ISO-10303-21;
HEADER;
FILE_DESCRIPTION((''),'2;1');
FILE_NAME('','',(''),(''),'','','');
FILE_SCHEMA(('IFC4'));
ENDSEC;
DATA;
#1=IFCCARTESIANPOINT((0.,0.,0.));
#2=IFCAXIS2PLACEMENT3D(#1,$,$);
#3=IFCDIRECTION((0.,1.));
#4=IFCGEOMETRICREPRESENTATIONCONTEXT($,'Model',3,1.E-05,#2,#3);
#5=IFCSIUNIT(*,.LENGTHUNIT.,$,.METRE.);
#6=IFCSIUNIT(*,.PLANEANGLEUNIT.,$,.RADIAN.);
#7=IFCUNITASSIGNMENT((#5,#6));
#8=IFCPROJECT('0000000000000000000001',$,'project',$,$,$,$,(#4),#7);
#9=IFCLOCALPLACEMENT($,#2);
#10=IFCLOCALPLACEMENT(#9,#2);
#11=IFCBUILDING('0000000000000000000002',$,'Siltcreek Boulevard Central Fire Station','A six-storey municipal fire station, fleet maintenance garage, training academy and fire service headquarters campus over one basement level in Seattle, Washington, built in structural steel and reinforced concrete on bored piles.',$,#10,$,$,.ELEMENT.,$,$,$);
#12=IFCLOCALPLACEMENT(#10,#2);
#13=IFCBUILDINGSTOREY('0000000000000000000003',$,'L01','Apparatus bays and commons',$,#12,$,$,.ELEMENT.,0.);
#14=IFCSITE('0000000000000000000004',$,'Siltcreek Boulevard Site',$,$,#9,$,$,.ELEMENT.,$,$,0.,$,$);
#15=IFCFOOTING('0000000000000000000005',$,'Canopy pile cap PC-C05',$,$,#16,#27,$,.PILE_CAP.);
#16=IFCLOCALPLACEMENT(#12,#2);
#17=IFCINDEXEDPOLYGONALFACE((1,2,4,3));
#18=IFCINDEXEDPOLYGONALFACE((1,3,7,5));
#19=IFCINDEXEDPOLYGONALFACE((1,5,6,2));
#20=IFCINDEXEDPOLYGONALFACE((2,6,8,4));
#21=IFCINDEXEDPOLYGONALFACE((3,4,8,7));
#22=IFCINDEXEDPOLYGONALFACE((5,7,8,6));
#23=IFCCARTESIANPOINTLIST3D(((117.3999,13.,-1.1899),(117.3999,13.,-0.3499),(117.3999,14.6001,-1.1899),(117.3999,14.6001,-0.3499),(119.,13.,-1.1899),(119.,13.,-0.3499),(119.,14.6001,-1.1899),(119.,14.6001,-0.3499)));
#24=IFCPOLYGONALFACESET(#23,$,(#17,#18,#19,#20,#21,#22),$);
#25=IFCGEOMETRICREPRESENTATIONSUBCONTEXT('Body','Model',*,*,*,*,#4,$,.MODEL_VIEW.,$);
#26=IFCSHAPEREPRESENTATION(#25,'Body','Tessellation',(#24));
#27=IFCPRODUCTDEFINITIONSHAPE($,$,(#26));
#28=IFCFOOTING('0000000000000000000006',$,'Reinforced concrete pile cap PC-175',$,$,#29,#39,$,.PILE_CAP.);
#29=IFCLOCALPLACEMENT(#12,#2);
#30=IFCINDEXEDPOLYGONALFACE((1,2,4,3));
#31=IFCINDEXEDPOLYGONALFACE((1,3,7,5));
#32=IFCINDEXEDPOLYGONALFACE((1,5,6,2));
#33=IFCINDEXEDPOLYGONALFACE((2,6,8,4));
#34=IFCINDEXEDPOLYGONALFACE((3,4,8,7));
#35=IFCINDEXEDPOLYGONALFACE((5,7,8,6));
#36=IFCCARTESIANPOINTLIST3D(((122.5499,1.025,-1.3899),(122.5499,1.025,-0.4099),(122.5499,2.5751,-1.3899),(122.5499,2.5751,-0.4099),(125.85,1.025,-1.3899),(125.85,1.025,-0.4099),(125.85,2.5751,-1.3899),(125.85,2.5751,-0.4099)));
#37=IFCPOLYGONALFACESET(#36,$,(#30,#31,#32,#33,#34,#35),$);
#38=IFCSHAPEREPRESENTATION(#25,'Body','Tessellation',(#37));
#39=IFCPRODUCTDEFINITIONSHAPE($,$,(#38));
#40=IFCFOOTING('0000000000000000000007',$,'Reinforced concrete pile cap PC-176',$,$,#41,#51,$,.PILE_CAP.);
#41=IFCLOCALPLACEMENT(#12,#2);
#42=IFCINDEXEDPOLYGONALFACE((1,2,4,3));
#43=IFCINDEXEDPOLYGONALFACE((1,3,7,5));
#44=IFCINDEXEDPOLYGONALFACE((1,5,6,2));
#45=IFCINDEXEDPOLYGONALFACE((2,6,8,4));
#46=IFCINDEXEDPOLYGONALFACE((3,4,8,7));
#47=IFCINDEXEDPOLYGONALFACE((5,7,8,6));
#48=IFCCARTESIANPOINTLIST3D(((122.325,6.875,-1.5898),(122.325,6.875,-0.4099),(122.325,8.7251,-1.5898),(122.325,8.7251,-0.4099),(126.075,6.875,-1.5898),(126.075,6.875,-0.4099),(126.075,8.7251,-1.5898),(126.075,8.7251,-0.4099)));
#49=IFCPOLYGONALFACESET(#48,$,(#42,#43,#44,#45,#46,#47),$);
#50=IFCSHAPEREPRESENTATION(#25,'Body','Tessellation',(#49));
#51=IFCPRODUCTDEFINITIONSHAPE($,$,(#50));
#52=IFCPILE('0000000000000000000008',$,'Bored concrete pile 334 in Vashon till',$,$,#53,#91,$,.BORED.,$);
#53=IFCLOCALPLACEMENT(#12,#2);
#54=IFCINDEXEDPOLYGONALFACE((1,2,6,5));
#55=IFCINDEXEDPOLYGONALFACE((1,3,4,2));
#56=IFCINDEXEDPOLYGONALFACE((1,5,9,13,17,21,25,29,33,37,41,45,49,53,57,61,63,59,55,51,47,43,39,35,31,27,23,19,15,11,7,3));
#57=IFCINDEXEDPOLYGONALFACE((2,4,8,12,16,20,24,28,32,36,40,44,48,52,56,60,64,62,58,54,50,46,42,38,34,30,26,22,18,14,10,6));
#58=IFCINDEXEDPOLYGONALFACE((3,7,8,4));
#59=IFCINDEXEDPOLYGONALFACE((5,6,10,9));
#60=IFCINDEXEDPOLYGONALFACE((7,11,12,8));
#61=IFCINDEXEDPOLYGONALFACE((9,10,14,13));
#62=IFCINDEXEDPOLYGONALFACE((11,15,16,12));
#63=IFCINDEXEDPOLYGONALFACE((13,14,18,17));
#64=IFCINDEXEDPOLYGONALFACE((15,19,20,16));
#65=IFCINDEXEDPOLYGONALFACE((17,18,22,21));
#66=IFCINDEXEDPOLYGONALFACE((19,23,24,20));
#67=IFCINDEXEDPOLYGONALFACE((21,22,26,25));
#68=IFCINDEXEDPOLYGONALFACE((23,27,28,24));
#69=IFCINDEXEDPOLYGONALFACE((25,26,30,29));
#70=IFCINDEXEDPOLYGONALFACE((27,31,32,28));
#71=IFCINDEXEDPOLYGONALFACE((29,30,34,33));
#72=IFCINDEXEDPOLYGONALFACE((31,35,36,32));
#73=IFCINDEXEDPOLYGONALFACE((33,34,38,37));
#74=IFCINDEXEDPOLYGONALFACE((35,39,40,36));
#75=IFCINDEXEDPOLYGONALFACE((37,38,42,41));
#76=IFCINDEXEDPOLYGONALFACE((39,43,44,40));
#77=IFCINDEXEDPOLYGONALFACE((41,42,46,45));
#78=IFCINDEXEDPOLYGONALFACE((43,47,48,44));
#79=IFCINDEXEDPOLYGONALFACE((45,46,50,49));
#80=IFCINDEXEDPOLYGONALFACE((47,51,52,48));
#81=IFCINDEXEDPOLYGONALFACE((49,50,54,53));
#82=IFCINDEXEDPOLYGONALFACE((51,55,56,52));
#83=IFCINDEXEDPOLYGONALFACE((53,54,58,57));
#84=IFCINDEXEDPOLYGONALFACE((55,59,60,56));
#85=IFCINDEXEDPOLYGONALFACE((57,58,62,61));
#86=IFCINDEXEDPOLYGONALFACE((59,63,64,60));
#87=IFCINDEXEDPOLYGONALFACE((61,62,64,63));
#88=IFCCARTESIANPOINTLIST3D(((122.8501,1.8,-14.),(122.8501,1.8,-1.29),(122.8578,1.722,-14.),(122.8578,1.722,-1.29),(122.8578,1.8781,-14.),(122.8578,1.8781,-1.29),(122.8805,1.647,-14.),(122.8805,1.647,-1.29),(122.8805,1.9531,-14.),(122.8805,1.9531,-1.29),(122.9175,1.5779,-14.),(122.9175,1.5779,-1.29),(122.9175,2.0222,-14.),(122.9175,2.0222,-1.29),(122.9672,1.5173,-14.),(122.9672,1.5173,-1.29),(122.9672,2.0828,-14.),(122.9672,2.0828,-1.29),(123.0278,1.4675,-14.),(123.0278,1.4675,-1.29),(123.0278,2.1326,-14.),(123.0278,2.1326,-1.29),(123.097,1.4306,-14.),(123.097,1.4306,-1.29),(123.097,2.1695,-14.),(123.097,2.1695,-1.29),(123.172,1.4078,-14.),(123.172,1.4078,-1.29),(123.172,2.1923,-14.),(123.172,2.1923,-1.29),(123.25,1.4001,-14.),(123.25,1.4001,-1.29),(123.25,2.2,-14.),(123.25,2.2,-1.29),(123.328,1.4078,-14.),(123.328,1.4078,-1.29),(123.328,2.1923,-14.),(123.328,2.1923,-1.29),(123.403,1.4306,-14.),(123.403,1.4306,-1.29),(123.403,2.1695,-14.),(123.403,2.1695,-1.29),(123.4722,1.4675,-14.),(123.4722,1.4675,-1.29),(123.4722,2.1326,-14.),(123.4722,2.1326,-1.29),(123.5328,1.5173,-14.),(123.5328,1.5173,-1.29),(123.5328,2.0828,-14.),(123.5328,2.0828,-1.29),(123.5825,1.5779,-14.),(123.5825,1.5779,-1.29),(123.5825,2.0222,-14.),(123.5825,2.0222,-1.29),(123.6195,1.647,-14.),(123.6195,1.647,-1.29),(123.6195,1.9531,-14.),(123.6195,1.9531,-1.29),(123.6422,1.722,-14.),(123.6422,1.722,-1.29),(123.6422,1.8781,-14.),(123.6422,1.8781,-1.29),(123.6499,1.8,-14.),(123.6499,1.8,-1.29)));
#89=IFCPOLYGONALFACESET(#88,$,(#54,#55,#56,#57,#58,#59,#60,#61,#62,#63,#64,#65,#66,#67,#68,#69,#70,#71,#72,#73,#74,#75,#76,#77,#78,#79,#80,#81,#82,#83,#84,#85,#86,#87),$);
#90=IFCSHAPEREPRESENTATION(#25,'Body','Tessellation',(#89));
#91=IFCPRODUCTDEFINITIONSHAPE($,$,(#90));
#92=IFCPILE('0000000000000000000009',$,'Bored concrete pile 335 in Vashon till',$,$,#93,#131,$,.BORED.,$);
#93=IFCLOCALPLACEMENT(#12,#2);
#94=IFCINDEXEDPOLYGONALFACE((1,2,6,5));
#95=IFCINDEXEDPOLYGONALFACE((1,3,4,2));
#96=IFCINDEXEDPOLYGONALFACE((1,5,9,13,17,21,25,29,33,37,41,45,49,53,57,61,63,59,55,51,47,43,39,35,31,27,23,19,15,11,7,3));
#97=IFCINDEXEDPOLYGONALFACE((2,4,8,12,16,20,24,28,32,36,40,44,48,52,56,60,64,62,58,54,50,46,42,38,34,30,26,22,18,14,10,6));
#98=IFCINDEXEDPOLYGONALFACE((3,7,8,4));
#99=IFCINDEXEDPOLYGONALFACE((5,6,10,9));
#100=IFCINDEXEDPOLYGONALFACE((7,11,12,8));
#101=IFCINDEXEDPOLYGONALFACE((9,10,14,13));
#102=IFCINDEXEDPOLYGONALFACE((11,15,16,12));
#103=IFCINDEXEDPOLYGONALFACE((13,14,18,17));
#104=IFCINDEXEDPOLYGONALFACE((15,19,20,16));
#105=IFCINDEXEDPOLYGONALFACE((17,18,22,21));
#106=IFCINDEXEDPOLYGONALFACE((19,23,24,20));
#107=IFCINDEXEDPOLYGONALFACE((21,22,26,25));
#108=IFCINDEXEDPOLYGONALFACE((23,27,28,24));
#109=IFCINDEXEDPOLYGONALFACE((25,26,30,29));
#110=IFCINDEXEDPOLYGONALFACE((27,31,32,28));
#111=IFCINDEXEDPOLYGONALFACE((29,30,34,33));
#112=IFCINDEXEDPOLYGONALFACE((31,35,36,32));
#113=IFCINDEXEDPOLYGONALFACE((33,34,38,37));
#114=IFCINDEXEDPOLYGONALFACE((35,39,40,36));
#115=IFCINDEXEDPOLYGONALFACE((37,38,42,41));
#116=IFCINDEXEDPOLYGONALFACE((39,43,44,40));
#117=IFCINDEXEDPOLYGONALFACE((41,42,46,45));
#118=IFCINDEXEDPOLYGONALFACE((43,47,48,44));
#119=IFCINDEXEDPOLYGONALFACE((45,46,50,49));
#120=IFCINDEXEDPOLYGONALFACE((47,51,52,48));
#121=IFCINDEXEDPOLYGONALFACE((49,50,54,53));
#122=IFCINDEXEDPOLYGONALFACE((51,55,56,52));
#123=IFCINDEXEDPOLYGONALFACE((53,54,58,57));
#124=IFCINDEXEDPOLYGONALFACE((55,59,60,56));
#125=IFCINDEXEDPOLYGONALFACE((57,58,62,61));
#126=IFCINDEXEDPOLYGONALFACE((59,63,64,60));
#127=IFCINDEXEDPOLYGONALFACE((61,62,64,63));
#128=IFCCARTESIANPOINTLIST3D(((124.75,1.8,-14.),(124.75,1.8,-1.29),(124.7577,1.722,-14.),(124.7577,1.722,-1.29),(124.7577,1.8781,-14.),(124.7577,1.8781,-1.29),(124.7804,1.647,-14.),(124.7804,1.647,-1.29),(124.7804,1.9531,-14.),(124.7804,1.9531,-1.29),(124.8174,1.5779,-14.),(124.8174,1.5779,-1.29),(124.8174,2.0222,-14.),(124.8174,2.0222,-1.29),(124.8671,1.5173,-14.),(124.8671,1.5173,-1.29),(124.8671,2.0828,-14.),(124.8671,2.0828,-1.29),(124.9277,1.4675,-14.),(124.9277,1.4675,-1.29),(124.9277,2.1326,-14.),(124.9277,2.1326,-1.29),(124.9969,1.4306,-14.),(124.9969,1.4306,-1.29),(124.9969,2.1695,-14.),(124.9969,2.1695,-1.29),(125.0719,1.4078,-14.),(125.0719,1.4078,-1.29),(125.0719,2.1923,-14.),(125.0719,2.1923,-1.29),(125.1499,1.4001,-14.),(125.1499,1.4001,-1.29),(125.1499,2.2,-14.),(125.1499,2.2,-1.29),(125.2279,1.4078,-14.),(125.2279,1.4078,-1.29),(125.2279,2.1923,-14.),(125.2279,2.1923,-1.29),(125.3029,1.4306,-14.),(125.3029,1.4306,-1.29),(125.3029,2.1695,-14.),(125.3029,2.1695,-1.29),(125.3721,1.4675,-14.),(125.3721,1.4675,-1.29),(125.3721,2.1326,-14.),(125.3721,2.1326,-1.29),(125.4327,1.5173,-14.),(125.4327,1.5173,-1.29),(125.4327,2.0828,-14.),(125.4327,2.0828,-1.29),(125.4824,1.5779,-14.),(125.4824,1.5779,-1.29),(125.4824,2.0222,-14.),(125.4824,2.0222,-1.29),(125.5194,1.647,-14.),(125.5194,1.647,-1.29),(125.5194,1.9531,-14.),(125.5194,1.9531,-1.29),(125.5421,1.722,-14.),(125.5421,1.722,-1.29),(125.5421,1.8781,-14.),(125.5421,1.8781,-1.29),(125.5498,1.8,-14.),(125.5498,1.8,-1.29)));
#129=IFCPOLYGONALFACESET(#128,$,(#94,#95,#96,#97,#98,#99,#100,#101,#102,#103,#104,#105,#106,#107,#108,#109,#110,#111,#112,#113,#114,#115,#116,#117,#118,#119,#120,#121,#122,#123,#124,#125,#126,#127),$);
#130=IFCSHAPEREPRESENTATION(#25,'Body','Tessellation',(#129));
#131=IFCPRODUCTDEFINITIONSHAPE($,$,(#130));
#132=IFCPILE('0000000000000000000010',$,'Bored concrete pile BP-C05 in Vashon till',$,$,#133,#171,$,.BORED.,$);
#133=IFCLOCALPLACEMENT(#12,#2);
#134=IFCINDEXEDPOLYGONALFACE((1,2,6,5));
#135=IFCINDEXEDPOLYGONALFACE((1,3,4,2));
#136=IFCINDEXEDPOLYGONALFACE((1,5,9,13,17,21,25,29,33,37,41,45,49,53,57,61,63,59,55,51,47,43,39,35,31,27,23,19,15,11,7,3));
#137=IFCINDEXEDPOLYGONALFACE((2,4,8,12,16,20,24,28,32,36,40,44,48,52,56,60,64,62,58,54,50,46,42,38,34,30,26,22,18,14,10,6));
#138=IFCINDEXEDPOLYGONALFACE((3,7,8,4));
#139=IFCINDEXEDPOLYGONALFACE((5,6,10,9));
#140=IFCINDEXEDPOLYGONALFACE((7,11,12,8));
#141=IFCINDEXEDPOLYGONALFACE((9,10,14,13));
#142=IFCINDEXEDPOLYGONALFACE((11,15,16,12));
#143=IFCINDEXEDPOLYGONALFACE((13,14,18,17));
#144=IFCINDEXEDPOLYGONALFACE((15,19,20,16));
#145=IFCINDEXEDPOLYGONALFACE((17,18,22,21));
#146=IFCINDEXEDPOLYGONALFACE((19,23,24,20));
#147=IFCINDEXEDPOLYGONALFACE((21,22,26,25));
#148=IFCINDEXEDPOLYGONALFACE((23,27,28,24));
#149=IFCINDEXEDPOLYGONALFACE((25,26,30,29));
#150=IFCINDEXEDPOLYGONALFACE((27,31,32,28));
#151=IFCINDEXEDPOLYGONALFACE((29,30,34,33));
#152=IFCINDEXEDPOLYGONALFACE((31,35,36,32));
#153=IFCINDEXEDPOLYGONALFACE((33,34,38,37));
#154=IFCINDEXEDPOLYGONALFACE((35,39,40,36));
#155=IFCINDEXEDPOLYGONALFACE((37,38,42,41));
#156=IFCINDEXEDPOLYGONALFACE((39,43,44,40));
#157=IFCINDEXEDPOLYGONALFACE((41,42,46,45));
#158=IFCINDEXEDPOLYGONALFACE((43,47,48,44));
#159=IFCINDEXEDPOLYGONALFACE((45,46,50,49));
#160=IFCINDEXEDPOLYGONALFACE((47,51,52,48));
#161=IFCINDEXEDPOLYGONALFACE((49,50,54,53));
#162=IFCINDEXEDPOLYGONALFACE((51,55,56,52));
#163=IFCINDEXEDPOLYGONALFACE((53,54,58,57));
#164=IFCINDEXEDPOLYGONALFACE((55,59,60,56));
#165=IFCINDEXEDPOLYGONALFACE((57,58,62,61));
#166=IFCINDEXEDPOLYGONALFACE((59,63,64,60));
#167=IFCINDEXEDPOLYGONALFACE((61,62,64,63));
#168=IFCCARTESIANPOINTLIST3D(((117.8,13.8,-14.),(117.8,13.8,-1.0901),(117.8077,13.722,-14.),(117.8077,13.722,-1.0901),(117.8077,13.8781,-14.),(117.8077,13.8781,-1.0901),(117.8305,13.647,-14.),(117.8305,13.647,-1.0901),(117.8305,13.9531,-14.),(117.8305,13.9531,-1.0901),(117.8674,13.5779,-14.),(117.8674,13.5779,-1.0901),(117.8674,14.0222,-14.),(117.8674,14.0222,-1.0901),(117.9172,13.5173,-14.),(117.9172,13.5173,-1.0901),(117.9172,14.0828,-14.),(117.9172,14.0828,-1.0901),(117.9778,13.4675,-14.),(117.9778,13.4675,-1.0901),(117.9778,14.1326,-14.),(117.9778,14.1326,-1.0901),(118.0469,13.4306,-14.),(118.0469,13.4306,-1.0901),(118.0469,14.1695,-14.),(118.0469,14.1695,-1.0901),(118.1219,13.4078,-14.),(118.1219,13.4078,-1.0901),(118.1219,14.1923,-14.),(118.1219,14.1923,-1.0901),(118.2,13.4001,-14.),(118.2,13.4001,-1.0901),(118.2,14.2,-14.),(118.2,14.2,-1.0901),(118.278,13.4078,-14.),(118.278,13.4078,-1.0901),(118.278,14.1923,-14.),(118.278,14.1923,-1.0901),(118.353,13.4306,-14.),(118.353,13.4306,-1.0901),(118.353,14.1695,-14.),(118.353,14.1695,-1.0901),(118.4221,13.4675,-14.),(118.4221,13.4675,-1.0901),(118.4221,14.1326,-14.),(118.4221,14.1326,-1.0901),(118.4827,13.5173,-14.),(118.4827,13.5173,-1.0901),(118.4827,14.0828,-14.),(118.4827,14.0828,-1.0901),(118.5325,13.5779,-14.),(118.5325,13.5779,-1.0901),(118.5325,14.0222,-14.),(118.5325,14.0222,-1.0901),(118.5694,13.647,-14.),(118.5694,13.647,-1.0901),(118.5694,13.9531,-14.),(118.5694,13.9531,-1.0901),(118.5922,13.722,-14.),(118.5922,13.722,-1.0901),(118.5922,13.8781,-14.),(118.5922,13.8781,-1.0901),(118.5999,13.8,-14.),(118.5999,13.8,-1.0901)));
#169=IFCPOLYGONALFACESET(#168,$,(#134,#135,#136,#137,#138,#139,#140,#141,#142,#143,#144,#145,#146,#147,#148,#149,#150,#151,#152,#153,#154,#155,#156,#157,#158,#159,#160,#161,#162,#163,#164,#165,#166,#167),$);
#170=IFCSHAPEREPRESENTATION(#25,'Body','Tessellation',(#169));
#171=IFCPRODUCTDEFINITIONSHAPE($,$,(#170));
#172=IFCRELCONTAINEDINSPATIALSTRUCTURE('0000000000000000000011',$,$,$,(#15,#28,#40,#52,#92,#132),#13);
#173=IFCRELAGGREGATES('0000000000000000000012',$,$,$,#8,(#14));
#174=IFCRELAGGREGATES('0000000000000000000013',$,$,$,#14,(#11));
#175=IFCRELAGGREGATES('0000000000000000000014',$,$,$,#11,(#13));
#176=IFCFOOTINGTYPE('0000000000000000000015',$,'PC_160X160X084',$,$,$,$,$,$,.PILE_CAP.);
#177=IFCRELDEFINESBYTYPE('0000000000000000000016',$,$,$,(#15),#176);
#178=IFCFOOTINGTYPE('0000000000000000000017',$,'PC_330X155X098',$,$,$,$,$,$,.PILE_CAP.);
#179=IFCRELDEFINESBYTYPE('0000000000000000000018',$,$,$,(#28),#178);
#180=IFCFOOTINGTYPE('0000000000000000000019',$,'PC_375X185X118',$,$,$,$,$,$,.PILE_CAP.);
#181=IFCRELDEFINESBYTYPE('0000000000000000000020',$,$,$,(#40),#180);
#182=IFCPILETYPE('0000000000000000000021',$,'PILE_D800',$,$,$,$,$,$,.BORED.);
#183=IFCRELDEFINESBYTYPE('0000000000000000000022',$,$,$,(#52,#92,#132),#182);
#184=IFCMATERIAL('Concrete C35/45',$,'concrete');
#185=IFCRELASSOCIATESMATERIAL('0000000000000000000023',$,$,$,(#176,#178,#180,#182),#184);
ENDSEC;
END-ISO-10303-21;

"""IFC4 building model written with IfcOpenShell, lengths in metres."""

from ifc_helpers import new_model, si_unit, direction, frame, origin, origin_2d, place, context, subcontext, project, spatial, rectangle, circle, extrude, material, material_profile, profile_set, type_object, element, save


model = new_model("IFC4")

# Units and contexts
model_context = context("Model", 3, precision=1e-05, world=origin(), true_north=direction((0.0, 1.0)))
body_context = subcontext(model_context, "Body", "Model", "MODEL_VIEW")
ifc_project = project(units=[si_unit("LENGTHUNIT", "METRE"), si_unit("PLANEANGLEUNIT", "RADIAN")], contexts=[model_context])

# Site, building, storey
site_placement = place(None, origin())
site = spatial("IfcSite", under=ifc_project, at=site_placement, Name="Siltcreek Boulevard Site", CompositionType="ELEMENT", RefElevation=0.0)
building_placement = place(site_placement, origin())
building = spatial("IfcBuilding", under=site, at=building_placement, Name="Siltcreek Boulevard Central Fire Station", Description="A six-storey municipal fire station, fleet maintenance garage, training academy and fire service headquarters campus over one basement level in Seattle, Washington, built in structural steel and reinforced concrete on bored piles.", CompositionType="ELEMENT")
storey_placement = place(building_placement, origin())
storey = spatial("IfcBuildingStorey", under=building, at=storey_placement, Name="L01", Description="Apparatus bays and commons", CompositionType="ELEMENT", Elevation=0.0)

# Footings
ifc_material_1 = material(Name="Concrete C35/45", Category="concrete")
footing_type_1 = type_object("IfcFootingType", Name="PC_160X160X084", PredefinedType="PILE_CAP", material=ifc_material_1)
footing_1_placement = place(storey_placement, frame((118.2, 13.8, -1.1899), z_axis=(0.0, 0.0, 1.0), x_axis=(1.0, 0.0, 0.0)))
element("IfcFooting", 1, at=footing_1_placement, inside=storey, type_object=footing_type_1, Name="Canopy pile cap PC-C05", PredefinedType="PILE_CAP", context=body_context, shape_type="SweptSolid", body=[
    extrude(rectangle(XDim=1.6001, YDim=1.6001, at=origin_2d()), origin(), (0.0, 0.0, 1.0), 0.8401),
])
footing_type_2 = type_object("IfcFootingType", Name="PC_330X155X098", PredefinedType="PILE_CAP", material=ifc_material_1)
footing_2_placement = place(storey_placement, frame((124.2, 1.8, -1.3899), z_axis=(0.0, 0.0, 1.0), x_axis=(1.0, 0.0, 0.0)))
element("IfcFooting", 2, at=footing_2_placement, inside=storey, type_object=footing_type_2, Name="Reinforced concrete pile cap PC-175", PredefinedType="PILE_CAP", context=body_context, shape_type="SweptSolid", body=[
    extrude(rectangle(XDim=3.3, YDim=1.55, at=origin_2d()), origin(), (0.0, 0.0, 1.0), 0.98),
])
footing_type_3 = type_object("IfcFootingType", Name="PC_375X185X118", PredefinedType="PILE_CAP", material=ifc_material_1)
footing_3_placement = place(storey_placement, frame((124.2, 7.8, -1.5898), z_axis=(0.0, 0.0, 1.0), x_axis=(1.0, 0.0, 0.0)))
element("IfcFooting", 3, at=footing_3_placement, inside=storey, type_object=footing_type_3, Name="Reinforced concrete pile cap PC-176", PredefinedType="PILE_CAP", context=body_context, shape_type="SweptSolid", body=[
    extrude(rectangle(XDim=3.75, YDim=1.8501, at=origin_2d()), origin(), (0.0, 0.0, 1.0), 1.1799),
])

# Piles
ifc_material_profile_1 = material_profile(ifc_material_1, circle(Radius=0.3999, at=origin_2d()), Name="SHAFT800")
ifc_profile_set_1 = profile_set([ifc_material_profile_1], Name="Concrete C35/45")
pile_type_1 = type_object("IfcPileType", Name="PILE_D800", PredefinedType="BORED", material=ifc_profile_set_1)
for number, where, z_axis, x_axis, name in (
    (4, (123.25, 1.8, -1.29), (0.0, 0.0, -1.0), (1.0, 0.0, 0.0), "Bored concrete pile 334 in Vashon till"),
    (5, (125.1499, 1.8, -1.29), (0.0, 0.0, -1.0), (1.0, 0.0, 0.0), "Bored concrete pile 335 in Vashon till"),
):
    element("IfcPile", number, at=place(storey_placement, frame(where, z_axis=z_axis, x_axis=x_axis)), inside=storey, type_object=pile_type_1, Name=name, PredefinedType="BORED", context=body_context, shape_type="SweptSolid", body=[
        extrude(circle(Radius=0.3999, at=origin_2d()), origin(), (0.0, 0.0, 1.0), 12.71),
    ])
pile_placement = place(storey_placement, frame((118.2, 13.8, -1.0901), z_axis=(0.0, 0.0, -1.0), x_axis=(1.0, 0.0, 0.0)))
element("IfcPile", 6, at=pile_placement, inside=storey, type_object=pile_type_1, Name="Bored concrete pile BP-C05 in Vashon till", PredefinedType="BORED", context=body_context, shape_type="SweptSolid", body=[
    extrude(circle(Radius=0.3999, at=origin_2d()), origin(), (0.0, 0.0, 1.0), 12.9099),
])

save(model, "model.ifc")
